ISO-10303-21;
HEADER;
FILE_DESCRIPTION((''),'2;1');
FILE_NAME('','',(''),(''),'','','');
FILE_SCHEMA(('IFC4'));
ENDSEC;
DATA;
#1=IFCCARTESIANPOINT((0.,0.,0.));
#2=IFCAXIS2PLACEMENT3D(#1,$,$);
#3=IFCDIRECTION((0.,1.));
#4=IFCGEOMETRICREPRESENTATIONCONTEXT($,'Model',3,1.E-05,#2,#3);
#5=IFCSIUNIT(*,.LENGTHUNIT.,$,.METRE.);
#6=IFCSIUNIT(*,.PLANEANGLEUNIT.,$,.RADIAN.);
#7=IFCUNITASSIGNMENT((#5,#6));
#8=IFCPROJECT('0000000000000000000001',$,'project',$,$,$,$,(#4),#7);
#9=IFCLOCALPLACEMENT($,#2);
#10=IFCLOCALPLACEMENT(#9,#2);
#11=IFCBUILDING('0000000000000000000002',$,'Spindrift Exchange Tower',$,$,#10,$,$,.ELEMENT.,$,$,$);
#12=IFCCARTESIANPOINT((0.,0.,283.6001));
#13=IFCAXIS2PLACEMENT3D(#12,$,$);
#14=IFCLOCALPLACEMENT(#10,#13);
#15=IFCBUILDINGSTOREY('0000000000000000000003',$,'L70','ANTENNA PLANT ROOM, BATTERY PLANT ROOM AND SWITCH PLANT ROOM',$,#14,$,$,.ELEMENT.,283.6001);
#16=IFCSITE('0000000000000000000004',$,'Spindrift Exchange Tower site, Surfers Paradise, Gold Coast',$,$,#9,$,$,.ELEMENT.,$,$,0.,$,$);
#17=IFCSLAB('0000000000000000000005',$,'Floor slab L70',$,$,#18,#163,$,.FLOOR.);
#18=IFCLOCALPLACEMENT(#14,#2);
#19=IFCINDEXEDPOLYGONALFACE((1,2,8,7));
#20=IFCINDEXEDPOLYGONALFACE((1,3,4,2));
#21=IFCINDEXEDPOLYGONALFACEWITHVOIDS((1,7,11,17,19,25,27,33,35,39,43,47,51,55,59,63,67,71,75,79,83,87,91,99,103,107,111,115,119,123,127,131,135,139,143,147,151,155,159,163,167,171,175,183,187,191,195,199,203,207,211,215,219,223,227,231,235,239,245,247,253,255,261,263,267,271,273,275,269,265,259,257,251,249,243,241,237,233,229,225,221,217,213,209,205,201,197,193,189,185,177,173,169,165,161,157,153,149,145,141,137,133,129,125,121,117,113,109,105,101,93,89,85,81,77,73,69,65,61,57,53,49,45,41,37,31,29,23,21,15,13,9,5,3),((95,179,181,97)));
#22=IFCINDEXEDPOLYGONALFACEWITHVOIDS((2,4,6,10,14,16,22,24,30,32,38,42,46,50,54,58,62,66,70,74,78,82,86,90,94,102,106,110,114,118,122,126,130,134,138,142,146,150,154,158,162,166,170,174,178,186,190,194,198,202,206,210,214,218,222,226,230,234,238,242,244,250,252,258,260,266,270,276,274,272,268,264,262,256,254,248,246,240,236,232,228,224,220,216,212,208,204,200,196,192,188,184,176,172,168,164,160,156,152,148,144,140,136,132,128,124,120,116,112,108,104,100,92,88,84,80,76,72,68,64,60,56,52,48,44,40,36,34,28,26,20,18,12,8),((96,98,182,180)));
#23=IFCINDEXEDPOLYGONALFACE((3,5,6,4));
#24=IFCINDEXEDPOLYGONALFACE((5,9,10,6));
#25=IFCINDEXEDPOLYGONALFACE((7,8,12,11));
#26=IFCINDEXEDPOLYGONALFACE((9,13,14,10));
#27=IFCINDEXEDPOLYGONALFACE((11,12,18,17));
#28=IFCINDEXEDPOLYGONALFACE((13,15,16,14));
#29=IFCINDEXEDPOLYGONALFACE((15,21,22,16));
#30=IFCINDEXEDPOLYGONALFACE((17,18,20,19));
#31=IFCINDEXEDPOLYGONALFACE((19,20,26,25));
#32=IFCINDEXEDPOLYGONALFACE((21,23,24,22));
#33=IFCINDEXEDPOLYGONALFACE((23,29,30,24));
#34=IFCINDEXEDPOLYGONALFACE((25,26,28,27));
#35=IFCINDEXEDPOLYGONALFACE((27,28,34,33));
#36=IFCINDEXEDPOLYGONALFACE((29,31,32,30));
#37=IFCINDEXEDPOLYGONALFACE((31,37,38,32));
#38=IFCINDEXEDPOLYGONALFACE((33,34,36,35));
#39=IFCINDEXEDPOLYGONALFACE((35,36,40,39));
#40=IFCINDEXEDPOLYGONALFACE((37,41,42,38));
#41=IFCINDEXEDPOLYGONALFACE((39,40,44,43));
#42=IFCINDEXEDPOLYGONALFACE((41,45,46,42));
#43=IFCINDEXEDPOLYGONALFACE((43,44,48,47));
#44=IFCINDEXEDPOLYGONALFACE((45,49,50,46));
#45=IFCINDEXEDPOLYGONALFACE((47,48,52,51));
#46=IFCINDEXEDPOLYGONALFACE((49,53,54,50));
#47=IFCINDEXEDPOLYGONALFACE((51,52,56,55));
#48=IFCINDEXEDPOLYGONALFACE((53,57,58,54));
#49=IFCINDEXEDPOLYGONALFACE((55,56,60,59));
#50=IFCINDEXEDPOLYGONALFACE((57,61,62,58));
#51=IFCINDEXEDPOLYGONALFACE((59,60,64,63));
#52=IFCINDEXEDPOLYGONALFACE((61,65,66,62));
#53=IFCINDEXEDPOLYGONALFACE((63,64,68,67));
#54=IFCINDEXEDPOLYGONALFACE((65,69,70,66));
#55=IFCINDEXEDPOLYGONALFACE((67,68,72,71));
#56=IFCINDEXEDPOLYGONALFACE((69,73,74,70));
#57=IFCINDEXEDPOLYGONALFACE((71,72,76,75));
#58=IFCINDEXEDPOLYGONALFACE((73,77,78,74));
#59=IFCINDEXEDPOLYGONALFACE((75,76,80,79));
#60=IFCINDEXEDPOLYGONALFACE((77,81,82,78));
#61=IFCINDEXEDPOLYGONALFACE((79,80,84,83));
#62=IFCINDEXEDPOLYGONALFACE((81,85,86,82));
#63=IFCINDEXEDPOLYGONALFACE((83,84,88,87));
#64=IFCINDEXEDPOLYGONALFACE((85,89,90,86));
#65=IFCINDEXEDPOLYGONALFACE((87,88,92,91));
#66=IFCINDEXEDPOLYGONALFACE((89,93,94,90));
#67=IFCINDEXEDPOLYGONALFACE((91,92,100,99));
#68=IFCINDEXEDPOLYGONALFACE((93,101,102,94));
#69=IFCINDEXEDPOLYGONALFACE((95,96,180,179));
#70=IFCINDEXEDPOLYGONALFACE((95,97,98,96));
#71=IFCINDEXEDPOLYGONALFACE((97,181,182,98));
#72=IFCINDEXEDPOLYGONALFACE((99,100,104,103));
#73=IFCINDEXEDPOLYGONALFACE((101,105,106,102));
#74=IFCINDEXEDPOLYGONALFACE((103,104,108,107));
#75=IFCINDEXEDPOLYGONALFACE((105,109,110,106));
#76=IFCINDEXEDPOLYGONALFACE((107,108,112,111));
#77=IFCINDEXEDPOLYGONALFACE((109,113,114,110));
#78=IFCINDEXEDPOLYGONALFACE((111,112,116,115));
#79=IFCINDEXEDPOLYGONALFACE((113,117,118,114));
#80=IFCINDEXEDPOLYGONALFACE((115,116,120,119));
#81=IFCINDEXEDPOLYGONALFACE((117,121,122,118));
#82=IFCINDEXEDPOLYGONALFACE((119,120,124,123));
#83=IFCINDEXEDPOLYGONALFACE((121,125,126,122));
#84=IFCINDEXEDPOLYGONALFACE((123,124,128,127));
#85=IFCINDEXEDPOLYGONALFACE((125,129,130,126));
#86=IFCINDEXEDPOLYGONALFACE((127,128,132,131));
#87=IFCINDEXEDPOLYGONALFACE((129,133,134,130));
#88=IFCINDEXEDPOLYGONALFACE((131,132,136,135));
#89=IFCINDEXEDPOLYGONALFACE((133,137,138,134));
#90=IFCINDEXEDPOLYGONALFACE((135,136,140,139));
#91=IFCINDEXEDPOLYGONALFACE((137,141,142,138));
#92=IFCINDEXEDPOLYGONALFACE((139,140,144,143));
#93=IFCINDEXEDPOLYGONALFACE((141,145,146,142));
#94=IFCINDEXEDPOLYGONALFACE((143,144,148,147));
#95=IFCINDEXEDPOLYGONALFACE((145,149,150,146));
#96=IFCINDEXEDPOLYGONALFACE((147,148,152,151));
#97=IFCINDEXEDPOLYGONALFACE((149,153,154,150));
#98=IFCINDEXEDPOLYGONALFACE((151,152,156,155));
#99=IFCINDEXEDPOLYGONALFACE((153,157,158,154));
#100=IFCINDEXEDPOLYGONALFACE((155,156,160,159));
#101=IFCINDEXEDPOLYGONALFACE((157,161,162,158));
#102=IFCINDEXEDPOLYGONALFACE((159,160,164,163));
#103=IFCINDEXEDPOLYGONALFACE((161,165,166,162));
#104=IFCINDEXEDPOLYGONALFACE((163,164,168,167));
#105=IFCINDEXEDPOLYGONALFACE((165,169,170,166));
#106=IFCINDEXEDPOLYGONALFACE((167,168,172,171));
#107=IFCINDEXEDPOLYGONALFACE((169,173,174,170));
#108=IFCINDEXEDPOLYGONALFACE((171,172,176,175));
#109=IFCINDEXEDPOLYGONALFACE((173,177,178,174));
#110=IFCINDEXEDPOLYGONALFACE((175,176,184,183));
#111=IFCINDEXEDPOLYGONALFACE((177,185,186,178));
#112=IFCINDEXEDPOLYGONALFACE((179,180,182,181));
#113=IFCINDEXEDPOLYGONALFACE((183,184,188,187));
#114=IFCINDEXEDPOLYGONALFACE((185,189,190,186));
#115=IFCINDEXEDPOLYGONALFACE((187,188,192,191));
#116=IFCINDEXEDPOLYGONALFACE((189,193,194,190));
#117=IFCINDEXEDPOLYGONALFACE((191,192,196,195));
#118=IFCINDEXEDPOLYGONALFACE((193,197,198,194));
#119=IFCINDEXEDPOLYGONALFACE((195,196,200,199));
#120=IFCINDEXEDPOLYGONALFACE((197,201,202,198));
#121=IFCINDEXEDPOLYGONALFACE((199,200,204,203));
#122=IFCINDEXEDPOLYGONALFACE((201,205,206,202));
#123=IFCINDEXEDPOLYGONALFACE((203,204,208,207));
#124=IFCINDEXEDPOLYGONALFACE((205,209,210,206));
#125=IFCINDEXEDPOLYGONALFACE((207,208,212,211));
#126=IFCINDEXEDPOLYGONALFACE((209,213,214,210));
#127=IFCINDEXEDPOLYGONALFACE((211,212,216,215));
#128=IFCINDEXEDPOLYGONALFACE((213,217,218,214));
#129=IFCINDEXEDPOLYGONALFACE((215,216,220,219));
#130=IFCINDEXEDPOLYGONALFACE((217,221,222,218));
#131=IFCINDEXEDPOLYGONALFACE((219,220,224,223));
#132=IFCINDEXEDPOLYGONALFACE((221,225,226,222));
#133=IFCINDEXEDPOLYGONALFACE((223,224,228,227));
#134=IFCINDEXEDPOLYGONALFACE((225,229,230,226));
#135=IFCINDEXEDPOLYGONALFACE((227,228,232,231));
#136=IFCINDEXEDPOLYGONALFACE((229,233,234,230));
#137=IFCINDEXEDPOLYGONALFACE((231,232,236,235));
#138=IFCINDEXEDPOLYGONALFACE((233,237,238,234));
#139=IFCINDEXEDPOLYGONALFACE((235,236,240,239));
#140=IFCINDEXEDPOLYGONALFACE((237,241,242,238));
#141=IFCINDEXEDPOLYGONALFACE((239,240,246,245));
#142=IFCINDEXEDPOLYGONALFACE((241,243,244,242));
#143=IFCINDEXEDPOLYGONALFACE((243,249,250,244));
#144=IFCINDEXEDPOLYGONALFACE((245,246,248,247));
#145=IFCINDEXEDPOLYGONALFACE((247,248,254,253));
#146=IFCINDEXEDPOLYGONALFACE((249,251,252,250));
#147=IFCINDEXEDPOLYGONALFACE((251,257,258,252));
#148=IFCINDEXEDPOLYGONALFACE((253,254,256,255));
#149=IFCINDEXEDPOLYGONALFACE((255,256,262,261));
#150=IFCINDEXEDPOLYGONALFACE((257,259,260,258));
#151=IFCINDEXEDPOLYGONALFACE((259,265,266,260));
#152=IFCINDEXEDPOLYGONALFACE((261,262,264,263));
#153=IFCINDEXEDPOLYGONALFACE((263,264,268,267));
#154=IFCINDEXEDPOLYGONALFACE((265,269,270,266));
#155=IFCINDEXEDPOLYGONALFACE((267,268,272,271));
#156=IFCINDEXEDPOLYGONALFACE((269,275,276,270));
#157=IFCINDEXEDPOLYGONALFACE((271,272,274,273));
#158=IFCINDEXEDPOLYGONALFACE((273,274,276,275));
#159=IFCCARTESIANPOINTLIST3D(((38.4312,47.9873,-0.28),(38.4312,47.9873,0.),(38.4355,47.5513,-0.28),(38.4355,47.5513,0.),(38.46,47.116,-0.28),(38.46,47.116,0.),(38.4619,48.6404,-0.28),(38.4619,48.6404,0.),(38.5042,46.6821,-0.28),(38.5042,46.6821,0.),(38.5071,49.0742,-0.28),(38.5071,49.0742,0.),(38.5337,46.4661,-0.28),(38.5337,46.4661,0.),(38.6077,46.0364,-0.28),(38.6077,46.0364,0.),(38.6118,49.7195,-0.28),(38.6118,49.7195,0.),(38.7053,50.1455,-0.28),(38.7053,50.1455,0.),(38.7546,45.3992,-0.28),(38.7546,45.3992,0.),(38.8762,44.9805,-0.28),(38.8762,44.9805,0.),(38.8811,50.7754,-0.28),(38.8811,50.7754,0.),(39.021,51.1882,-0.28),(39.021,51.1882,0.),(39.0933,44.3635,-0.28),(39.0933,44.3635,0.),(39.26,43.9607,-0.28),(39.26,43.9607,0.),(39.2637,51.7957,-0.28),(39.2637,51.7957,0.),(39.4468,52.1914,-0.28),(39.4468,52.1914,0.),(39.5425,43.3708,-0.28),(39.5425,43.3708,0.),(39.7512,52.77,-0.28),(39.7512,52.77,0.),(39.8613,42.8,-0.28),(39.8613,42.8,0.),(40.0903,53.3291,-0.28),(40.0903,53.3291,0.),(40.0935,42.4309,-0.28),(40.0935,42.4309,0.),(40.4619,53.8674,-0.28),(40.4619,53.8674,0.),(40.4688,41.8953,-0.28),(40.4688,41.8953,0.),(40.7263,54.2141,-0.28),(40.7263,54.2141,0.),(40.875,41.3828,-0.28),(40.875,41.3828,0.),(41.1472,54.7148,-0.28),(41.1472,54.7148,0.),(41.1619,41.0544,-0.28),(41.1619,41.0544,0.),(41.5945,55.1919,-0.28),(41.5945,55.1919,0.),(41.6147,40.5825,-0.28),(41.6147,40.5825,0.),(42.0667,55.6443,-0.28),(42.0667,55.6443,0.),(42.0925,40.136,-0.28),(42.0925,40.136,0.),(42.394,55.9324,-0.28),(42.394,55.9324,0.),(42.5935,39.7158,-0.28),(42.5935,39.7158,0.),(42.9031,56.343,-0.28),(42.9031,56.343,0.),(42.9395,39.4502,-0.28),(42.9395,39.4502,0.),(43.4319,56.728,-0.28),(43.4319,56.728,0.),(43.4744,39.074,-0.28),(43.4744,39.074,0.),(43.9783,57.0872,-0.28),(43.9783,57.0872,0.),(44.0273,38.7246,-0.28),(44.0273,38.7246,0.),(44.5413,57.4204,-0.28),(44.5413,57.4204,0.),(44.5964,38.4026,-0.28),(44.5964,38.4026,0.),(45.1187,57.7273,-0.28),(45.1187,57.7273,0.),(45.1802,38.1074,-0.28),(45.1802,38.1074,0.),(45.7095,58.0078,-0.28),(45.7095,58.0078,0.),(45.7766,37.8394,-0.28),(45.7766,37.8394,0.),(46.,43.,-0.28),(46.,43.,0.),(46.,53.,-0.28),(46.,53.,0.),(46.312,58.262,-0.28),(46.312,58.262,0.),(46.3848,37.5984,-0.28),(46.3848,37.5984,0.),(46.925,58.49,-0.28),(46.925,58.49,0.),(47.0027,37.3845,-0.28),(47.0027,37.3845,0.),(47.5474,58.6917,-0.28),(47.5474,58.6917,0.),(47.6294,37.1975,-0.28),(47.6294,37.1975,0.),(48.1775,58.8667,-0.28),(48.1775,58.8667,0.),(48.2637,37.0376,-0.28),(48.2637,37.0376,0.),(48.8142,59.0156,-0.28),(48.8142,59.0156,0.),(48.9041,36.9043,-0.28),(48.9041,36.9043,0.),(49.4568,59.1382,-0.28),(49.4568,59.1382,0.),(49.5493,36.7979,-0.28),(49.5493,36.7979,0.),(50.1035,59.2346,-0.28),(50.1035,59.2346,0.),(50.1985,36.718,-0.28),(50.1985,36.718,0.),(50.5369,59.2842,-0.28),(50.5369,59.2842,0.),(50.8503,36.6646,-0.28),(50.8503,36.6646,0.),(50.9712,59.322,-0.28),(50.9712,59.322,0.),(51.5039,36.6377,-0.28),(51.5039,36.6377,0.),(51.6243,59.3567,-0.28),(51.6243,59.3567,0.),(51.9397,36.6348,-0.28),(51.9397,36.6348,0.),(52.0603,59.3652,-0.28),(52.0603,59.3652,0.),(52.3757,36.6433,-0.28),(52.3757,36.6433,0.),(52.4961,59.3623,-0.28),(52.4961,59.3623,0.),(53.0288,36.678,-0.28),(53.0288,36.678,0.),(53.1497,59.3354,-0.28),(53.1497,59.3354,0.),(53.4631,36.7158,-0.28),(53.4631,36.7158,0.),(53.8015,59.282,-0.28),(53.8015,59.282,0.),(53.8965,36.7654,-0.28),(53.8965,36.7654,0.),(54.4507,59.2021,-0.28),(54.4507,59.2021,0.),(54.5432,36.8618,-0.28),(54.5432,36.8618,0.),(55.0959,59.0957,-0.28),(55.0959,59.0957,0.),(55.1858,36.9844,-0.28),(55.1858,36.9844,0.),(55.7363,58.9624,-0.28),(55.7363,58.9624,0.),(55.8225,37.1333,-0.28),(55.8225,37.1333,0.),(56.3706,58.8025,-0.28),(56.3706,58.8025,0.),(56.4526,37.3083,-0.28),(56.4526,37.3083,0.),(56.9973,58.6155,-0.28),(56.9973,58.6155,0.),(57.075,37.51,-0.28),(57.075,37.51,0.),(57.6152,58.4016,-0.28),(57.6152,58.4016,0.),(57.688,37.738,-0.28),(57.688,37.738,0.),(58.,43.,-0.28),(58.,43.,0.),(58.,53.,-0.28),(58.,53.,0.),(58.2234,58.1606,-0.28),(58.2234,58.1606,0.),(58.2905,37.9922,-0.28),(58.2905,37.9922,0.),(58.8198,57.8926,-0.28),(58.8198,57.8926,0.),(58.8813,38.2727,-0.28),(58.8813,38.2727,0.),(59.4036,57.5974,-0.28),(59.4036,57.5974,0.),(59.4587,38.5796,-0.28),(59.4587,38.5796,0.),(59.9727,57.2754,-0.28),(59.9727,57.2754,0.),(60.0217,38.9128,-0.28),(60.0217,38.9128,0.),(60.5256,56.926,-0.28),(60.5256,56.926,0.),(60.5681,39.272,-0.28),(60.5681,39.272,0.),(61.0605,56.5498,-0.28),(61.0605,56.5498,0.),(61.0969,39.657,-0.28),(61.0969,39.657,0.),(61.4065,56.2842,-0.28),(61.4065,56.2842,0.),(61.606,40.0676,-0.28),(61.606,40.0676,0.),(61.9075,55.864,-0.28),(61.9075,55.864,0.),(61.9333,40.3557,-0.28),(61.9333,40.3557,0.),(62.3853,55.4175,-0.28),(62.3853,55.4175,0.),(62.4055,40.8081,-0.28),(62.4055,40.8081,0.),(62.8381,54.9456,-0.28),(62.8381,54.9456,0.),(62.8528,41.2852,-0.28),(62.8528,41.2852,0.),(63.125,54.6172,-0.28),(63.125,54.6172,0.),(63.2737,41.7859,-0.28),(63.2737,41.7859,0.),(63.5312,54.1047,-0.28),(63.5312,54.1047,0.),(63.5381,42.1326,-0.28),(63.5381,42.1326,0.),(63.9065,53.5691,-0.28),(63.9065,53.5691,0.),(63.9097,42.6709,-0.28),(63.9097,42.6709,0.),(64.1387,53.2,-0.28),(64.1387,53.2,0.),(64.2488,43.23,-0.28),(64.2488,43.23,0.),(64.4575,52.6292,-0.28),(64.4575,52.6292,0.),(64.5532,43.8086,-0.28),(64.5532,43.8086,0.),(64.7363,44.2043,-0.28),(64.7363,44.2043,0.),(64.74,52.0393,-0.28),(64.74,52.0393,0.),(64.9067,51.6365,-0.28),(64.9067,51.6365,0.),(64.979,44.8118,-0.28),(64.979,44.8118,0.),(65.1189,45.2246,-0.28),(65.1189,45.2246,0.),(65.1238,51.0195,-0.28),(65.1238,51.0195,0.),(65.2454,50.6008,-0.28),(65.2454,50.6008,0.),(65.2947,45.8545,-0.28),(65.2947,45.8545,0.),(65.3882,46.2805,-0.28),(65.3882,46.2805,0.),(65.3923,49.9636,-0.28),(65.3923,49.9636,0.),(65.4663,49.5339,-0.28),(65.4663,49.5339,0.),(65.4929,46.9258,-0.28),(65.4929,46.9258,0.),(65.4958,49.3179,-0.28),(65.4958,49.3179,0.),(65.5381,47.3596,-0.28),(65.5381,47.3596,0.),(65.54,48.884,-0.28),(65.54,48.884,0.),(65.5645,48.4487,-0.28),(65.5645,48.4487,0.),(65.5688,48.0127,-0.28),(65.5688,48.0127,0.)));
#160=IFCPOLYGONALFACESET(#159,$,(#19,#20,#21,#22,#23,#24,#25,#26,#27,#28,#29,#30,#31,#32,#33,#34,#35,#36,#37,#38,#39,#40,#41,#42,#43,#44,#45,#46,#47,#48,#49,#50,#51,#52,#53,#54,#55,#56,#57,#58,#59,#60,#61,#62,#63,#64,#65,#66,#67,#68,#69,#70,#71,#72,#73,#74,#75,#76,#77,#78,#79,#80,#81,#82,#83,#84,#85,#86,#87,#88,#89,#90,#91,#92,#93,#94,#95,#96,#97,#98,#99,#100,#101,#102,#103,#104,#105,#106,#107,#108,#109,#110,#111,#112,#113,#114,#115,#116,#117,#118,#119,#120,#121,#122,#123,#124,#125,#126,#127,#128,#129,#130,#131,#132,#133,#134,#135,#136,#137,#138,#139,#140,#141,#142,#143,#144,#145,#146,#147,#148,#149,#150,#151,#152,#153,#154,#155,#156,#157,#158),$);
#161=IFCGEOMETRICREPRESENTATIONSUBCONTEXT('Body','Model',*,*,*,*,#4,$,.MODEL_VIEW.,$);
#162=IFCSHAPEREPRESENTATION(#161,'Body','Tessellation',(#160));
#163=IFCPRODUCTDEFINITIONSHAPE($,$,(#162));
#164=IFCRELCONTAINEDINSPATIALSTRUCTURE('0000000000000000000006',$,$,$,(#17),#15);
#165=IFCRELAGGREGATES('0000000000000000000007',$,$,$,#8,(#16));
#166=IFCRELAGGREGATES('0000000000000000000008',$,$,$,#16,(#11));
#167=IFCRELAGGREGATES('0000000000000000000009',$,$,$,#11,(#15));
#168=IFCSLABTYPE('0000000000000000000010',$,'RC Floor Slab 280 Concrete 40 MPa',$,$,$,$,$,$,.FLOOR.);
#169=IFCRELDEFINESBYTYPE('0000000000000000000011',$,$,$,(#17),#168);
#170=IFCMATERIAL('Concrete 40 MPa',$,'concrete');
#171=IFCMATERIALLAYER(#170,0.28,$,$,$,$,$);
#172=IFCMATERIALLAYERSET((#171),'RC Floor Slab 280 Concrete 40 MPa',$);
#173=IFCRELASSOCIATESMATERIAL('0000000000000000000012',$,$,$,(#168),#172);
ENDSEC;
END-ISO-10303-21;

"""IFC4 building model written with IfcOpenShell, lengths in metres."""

from ifc_helpers import new_model, si_unit, direction, frame, origin, place, context, subcontext, project, spatial, line, indexed_curve, outline, extrude, material, layer, layer_set, type_object, element, save


model = new_model("IFC4")

# Units and contexts
model_context = context("Model", 3, precision=1e-05, world=origin(), true_north=direction((0.0, 1.0)))
body_context = subcontext(model_context, "Body", "Model", "MODEL_VIEW")
ifc_project = project(units=[si_unit("LENGTHUNIT", "METRE"), si_unit("PLANEANGLEUNIT", "RADIAN")], contexts=[model_context])

# Site, building, storey
site_placement = place(None, origin())
site = spatial("IfcSite", under=ifc_project, at=site_placement, Name="Spindrift Exchange Tower site, Surfers Paradise, Gold Coast", CompositionType="ELEMENT", RefElevation=0.0)
building_placement = place(site_placement, origin())
building = spatial("IfcBuilding", under=site, at=building_placement, Name="Spindrift Exchange Tower", CompositionType="ELEMENT")
storey_placement = place(building_placement, frame((0.0, 0.0, 283.6001)))
storey = spatial("IfcBuildingStorey", under=building, at=storey_placement, Name="L70", Description="ANTENNA PLANT ROOM, BATTERY PLANT ROOM AND SWITCH PLANT ROOM", CompositionType="ELEMENT", Elevation=283.6001)

# Shared definitions
ifc_material_1 = material(Name="Concrete 40 MPa", Category="concrete")

# Slab
ifc_layer_1 = layer(ifc_material_1, 0.28)
ifc_layer_set_1 = layer_set([ifc_layer_1], Name="RC Floor Slab 280 Concrete 40 MPa")
slab_type_1 = type_object("IfcSlabType", Name="RC Floor Slab 280 Concrete 40 MPa", PredefinedType="FLOOR", material=ifc_layer_set_1)
slab_1_placement = place(storey_placement, frame((0.0, 0.0, -0.28)))
element("IfcSlab", 1, at=slab_1_placement, inside=storey, type_object=slab_type_1, Name="Floor slab L70", PredefinedType="FLOOR", context=body_context, shape_type="SweptSolid", body=[
    extrude(outline(indexed_curve([(65.5645, 48.4487), (65.54, 48.884), (65.4958, 49.3179), (65.4663, 49.5339), (65.3923, 49.9636), (65.2454, 50.6008), (65.1238, 51.0195), (64.9067, 51.6365), (64.74, 52.0393), (64.4575, 52.6292), (64.1387, 53.2), (63.9065, 53.5691), (63.5312, 54.1047), (63.125, 54.6172), (62.8381, 54.9456), (62.3853, 55.4175), (61.9075, 55.864), (61.4065, 56.2842), (61.0605, 56.5498), (60.5256, 56.926), (59.9727, 57.2754), (59.4036, 57.5974), (58.8198, 57.8926), (58.2234, 58.1606), (57.6152, 58.4016), (56.9973, 58.6155), (56.3706, 58.8025), (55.7363, 58.9624), (55.0959, 59.0957), (54.4507, 59.2021), (53.8015, 59.282), (53.1497, 59.3354), (52.4961, 59.3623), (52.0603, 59.3652), (51.6243, 59.3567), (50.9712, 59.322), (50.5369, 59.2842), (50.1035, 59.2346), (49.4568, 59.1382), (48.8142, 59.0156), (48.1775, 58.8667), (47.5474, 58.6917), (46.925, 58.49), (46.312, 58.262), (45.7095, 58.0078), (45.1187, 57.7273), (44.5413, 57.4204), (43.9783, 57.0872), (43.4319, 56.728), (42.9031, 56.343), (42.394, 55.9324), (42.0667, 55.6443), (41.5945, 55.1919), (41.1472, 54.7148), (40.7263, 54.2141), (40.4619, 53.8674), (40.0903, 53.3291), (39.7512, 52.77), (39.4468, 52.1914), (39.2637, 51.7957), (39.021, 51.1882), (38.8811, 50.7754), (38.7053, 50.1455), (38.6118, 49.7195), (38.5071, 49.0742), (38.4619, 48.6404), (38.4312, 47.9873), (38.4355, 47.5513), (38.46, 47.116), (38.5042, 46.6821), (38.5337, 46.4661), (38.6077, 46.0364), (38.7546, 45.3992), (38.8762, 44.9805), (39.0933, 44.3635), (39.26, 43.9607), (39.5425, 43.3708), (39.8613, 42.8), (40.0935, 42.4309), (40.4688, 41.8953), (40.875, 41.3828), (41.1619, 41.0544), (41.6147, 40.5825), (42.0925, 40.136), (42.5935, 39.7158), (42.9395, 39.4502), (43.4744, 39.074), (44.0273, 38.7246), (44.5964, 38.4026), (45.1802, 38.1074), (45.7766, 37.8394), (46.3848, 37.5984), (47.0027, 37.3845), (47.6294, 37.1975), (48.2637, 37.0376), (48.9041, 36.9043), (49.5493, 36.7979), (50.1985, 36.718), (50.8503, 36.6646), (51.5039, 36.6377), (51.9397, 36.6348), (52.3757, 36.6433), (53.0288, 36.678), (53.4631, 36.7158), (53.8965, 36.7654), (54.5432, 36.8618), (55.1858, 36.9844), (55.8225, 37.1333), (56.4526, 37.3083), (57.075, 37.51), (57.688, 37.738), (58.2905, 37.9922), (58.8813, 38.2727), (59.4587, 38.5796), (60.0217, 38.9128), (60.5681, 39.272), (61.0969, 39.657), (61.606, 40.0676), (61.9333, 40.3557), (62.4055, 40.8081), (62.8528, 41.2852), (63.2737, 41.7859), (63.5381, 42.1326), (63.9097, 42.6709), (64.2488, 43.23), (64.5532, 43.8086), (64.7363, 44.2043), (64.979, 44.8118), (65.1189, 45.2246), (65.2947, 45.8545), (65.3882, 46.2805), (65.4929, 46.9258), (65.5381, 47.3596), (65.5688, 48.0127)], segments=[line(1, 2, 3, 4, 5, 6, 7, 8, 9, 10, 11, 12, 13, 14, 15, 16, 17, 18, 19, 20, 21, 22, 23, 24, 25, 26, 27, 28, 29, 30, 31, 32, 33, 34, 35, 36, 37, 38, 39, 40, 41, 42, 43, 44, 45, 46, 47, 48, 49, 50, 51, 52, 53, 54, 55, 56, 57, 58, 59, 60, 61, 62, 63, 64, 65, 66, 67, 68, 69, 70, 71, 72, 73, 74, 75, 76, 77, 78, 79, 80, 81, 82, 83, 84, 85, 86, 87, 88, 89, 90, 91, 92, 93, 94, 95, 96, 97, 98, 99, 100, 101, 102, 103, 104, 105, 106, 107, 108, 109, 110, 111, 112, 113, 114, 115, 116, 117, 118, 119, 120, 121, 122, 123, 124, 125, 126, 127, 128, 129, 130, 131, 132, 133, 134, 1)], self_intersect=False), holes=[indexed_curve([(46.0, 43.0), (58.0, 43.0), (58.0, 53.0), (46.0, 53.0)], segments=[line(1, 2, 3, 4, 1)], self_intersect=False)]), origin(), (0.0, 0.0, 1.0), 0.28),
])

save(model, "model.ifc")
